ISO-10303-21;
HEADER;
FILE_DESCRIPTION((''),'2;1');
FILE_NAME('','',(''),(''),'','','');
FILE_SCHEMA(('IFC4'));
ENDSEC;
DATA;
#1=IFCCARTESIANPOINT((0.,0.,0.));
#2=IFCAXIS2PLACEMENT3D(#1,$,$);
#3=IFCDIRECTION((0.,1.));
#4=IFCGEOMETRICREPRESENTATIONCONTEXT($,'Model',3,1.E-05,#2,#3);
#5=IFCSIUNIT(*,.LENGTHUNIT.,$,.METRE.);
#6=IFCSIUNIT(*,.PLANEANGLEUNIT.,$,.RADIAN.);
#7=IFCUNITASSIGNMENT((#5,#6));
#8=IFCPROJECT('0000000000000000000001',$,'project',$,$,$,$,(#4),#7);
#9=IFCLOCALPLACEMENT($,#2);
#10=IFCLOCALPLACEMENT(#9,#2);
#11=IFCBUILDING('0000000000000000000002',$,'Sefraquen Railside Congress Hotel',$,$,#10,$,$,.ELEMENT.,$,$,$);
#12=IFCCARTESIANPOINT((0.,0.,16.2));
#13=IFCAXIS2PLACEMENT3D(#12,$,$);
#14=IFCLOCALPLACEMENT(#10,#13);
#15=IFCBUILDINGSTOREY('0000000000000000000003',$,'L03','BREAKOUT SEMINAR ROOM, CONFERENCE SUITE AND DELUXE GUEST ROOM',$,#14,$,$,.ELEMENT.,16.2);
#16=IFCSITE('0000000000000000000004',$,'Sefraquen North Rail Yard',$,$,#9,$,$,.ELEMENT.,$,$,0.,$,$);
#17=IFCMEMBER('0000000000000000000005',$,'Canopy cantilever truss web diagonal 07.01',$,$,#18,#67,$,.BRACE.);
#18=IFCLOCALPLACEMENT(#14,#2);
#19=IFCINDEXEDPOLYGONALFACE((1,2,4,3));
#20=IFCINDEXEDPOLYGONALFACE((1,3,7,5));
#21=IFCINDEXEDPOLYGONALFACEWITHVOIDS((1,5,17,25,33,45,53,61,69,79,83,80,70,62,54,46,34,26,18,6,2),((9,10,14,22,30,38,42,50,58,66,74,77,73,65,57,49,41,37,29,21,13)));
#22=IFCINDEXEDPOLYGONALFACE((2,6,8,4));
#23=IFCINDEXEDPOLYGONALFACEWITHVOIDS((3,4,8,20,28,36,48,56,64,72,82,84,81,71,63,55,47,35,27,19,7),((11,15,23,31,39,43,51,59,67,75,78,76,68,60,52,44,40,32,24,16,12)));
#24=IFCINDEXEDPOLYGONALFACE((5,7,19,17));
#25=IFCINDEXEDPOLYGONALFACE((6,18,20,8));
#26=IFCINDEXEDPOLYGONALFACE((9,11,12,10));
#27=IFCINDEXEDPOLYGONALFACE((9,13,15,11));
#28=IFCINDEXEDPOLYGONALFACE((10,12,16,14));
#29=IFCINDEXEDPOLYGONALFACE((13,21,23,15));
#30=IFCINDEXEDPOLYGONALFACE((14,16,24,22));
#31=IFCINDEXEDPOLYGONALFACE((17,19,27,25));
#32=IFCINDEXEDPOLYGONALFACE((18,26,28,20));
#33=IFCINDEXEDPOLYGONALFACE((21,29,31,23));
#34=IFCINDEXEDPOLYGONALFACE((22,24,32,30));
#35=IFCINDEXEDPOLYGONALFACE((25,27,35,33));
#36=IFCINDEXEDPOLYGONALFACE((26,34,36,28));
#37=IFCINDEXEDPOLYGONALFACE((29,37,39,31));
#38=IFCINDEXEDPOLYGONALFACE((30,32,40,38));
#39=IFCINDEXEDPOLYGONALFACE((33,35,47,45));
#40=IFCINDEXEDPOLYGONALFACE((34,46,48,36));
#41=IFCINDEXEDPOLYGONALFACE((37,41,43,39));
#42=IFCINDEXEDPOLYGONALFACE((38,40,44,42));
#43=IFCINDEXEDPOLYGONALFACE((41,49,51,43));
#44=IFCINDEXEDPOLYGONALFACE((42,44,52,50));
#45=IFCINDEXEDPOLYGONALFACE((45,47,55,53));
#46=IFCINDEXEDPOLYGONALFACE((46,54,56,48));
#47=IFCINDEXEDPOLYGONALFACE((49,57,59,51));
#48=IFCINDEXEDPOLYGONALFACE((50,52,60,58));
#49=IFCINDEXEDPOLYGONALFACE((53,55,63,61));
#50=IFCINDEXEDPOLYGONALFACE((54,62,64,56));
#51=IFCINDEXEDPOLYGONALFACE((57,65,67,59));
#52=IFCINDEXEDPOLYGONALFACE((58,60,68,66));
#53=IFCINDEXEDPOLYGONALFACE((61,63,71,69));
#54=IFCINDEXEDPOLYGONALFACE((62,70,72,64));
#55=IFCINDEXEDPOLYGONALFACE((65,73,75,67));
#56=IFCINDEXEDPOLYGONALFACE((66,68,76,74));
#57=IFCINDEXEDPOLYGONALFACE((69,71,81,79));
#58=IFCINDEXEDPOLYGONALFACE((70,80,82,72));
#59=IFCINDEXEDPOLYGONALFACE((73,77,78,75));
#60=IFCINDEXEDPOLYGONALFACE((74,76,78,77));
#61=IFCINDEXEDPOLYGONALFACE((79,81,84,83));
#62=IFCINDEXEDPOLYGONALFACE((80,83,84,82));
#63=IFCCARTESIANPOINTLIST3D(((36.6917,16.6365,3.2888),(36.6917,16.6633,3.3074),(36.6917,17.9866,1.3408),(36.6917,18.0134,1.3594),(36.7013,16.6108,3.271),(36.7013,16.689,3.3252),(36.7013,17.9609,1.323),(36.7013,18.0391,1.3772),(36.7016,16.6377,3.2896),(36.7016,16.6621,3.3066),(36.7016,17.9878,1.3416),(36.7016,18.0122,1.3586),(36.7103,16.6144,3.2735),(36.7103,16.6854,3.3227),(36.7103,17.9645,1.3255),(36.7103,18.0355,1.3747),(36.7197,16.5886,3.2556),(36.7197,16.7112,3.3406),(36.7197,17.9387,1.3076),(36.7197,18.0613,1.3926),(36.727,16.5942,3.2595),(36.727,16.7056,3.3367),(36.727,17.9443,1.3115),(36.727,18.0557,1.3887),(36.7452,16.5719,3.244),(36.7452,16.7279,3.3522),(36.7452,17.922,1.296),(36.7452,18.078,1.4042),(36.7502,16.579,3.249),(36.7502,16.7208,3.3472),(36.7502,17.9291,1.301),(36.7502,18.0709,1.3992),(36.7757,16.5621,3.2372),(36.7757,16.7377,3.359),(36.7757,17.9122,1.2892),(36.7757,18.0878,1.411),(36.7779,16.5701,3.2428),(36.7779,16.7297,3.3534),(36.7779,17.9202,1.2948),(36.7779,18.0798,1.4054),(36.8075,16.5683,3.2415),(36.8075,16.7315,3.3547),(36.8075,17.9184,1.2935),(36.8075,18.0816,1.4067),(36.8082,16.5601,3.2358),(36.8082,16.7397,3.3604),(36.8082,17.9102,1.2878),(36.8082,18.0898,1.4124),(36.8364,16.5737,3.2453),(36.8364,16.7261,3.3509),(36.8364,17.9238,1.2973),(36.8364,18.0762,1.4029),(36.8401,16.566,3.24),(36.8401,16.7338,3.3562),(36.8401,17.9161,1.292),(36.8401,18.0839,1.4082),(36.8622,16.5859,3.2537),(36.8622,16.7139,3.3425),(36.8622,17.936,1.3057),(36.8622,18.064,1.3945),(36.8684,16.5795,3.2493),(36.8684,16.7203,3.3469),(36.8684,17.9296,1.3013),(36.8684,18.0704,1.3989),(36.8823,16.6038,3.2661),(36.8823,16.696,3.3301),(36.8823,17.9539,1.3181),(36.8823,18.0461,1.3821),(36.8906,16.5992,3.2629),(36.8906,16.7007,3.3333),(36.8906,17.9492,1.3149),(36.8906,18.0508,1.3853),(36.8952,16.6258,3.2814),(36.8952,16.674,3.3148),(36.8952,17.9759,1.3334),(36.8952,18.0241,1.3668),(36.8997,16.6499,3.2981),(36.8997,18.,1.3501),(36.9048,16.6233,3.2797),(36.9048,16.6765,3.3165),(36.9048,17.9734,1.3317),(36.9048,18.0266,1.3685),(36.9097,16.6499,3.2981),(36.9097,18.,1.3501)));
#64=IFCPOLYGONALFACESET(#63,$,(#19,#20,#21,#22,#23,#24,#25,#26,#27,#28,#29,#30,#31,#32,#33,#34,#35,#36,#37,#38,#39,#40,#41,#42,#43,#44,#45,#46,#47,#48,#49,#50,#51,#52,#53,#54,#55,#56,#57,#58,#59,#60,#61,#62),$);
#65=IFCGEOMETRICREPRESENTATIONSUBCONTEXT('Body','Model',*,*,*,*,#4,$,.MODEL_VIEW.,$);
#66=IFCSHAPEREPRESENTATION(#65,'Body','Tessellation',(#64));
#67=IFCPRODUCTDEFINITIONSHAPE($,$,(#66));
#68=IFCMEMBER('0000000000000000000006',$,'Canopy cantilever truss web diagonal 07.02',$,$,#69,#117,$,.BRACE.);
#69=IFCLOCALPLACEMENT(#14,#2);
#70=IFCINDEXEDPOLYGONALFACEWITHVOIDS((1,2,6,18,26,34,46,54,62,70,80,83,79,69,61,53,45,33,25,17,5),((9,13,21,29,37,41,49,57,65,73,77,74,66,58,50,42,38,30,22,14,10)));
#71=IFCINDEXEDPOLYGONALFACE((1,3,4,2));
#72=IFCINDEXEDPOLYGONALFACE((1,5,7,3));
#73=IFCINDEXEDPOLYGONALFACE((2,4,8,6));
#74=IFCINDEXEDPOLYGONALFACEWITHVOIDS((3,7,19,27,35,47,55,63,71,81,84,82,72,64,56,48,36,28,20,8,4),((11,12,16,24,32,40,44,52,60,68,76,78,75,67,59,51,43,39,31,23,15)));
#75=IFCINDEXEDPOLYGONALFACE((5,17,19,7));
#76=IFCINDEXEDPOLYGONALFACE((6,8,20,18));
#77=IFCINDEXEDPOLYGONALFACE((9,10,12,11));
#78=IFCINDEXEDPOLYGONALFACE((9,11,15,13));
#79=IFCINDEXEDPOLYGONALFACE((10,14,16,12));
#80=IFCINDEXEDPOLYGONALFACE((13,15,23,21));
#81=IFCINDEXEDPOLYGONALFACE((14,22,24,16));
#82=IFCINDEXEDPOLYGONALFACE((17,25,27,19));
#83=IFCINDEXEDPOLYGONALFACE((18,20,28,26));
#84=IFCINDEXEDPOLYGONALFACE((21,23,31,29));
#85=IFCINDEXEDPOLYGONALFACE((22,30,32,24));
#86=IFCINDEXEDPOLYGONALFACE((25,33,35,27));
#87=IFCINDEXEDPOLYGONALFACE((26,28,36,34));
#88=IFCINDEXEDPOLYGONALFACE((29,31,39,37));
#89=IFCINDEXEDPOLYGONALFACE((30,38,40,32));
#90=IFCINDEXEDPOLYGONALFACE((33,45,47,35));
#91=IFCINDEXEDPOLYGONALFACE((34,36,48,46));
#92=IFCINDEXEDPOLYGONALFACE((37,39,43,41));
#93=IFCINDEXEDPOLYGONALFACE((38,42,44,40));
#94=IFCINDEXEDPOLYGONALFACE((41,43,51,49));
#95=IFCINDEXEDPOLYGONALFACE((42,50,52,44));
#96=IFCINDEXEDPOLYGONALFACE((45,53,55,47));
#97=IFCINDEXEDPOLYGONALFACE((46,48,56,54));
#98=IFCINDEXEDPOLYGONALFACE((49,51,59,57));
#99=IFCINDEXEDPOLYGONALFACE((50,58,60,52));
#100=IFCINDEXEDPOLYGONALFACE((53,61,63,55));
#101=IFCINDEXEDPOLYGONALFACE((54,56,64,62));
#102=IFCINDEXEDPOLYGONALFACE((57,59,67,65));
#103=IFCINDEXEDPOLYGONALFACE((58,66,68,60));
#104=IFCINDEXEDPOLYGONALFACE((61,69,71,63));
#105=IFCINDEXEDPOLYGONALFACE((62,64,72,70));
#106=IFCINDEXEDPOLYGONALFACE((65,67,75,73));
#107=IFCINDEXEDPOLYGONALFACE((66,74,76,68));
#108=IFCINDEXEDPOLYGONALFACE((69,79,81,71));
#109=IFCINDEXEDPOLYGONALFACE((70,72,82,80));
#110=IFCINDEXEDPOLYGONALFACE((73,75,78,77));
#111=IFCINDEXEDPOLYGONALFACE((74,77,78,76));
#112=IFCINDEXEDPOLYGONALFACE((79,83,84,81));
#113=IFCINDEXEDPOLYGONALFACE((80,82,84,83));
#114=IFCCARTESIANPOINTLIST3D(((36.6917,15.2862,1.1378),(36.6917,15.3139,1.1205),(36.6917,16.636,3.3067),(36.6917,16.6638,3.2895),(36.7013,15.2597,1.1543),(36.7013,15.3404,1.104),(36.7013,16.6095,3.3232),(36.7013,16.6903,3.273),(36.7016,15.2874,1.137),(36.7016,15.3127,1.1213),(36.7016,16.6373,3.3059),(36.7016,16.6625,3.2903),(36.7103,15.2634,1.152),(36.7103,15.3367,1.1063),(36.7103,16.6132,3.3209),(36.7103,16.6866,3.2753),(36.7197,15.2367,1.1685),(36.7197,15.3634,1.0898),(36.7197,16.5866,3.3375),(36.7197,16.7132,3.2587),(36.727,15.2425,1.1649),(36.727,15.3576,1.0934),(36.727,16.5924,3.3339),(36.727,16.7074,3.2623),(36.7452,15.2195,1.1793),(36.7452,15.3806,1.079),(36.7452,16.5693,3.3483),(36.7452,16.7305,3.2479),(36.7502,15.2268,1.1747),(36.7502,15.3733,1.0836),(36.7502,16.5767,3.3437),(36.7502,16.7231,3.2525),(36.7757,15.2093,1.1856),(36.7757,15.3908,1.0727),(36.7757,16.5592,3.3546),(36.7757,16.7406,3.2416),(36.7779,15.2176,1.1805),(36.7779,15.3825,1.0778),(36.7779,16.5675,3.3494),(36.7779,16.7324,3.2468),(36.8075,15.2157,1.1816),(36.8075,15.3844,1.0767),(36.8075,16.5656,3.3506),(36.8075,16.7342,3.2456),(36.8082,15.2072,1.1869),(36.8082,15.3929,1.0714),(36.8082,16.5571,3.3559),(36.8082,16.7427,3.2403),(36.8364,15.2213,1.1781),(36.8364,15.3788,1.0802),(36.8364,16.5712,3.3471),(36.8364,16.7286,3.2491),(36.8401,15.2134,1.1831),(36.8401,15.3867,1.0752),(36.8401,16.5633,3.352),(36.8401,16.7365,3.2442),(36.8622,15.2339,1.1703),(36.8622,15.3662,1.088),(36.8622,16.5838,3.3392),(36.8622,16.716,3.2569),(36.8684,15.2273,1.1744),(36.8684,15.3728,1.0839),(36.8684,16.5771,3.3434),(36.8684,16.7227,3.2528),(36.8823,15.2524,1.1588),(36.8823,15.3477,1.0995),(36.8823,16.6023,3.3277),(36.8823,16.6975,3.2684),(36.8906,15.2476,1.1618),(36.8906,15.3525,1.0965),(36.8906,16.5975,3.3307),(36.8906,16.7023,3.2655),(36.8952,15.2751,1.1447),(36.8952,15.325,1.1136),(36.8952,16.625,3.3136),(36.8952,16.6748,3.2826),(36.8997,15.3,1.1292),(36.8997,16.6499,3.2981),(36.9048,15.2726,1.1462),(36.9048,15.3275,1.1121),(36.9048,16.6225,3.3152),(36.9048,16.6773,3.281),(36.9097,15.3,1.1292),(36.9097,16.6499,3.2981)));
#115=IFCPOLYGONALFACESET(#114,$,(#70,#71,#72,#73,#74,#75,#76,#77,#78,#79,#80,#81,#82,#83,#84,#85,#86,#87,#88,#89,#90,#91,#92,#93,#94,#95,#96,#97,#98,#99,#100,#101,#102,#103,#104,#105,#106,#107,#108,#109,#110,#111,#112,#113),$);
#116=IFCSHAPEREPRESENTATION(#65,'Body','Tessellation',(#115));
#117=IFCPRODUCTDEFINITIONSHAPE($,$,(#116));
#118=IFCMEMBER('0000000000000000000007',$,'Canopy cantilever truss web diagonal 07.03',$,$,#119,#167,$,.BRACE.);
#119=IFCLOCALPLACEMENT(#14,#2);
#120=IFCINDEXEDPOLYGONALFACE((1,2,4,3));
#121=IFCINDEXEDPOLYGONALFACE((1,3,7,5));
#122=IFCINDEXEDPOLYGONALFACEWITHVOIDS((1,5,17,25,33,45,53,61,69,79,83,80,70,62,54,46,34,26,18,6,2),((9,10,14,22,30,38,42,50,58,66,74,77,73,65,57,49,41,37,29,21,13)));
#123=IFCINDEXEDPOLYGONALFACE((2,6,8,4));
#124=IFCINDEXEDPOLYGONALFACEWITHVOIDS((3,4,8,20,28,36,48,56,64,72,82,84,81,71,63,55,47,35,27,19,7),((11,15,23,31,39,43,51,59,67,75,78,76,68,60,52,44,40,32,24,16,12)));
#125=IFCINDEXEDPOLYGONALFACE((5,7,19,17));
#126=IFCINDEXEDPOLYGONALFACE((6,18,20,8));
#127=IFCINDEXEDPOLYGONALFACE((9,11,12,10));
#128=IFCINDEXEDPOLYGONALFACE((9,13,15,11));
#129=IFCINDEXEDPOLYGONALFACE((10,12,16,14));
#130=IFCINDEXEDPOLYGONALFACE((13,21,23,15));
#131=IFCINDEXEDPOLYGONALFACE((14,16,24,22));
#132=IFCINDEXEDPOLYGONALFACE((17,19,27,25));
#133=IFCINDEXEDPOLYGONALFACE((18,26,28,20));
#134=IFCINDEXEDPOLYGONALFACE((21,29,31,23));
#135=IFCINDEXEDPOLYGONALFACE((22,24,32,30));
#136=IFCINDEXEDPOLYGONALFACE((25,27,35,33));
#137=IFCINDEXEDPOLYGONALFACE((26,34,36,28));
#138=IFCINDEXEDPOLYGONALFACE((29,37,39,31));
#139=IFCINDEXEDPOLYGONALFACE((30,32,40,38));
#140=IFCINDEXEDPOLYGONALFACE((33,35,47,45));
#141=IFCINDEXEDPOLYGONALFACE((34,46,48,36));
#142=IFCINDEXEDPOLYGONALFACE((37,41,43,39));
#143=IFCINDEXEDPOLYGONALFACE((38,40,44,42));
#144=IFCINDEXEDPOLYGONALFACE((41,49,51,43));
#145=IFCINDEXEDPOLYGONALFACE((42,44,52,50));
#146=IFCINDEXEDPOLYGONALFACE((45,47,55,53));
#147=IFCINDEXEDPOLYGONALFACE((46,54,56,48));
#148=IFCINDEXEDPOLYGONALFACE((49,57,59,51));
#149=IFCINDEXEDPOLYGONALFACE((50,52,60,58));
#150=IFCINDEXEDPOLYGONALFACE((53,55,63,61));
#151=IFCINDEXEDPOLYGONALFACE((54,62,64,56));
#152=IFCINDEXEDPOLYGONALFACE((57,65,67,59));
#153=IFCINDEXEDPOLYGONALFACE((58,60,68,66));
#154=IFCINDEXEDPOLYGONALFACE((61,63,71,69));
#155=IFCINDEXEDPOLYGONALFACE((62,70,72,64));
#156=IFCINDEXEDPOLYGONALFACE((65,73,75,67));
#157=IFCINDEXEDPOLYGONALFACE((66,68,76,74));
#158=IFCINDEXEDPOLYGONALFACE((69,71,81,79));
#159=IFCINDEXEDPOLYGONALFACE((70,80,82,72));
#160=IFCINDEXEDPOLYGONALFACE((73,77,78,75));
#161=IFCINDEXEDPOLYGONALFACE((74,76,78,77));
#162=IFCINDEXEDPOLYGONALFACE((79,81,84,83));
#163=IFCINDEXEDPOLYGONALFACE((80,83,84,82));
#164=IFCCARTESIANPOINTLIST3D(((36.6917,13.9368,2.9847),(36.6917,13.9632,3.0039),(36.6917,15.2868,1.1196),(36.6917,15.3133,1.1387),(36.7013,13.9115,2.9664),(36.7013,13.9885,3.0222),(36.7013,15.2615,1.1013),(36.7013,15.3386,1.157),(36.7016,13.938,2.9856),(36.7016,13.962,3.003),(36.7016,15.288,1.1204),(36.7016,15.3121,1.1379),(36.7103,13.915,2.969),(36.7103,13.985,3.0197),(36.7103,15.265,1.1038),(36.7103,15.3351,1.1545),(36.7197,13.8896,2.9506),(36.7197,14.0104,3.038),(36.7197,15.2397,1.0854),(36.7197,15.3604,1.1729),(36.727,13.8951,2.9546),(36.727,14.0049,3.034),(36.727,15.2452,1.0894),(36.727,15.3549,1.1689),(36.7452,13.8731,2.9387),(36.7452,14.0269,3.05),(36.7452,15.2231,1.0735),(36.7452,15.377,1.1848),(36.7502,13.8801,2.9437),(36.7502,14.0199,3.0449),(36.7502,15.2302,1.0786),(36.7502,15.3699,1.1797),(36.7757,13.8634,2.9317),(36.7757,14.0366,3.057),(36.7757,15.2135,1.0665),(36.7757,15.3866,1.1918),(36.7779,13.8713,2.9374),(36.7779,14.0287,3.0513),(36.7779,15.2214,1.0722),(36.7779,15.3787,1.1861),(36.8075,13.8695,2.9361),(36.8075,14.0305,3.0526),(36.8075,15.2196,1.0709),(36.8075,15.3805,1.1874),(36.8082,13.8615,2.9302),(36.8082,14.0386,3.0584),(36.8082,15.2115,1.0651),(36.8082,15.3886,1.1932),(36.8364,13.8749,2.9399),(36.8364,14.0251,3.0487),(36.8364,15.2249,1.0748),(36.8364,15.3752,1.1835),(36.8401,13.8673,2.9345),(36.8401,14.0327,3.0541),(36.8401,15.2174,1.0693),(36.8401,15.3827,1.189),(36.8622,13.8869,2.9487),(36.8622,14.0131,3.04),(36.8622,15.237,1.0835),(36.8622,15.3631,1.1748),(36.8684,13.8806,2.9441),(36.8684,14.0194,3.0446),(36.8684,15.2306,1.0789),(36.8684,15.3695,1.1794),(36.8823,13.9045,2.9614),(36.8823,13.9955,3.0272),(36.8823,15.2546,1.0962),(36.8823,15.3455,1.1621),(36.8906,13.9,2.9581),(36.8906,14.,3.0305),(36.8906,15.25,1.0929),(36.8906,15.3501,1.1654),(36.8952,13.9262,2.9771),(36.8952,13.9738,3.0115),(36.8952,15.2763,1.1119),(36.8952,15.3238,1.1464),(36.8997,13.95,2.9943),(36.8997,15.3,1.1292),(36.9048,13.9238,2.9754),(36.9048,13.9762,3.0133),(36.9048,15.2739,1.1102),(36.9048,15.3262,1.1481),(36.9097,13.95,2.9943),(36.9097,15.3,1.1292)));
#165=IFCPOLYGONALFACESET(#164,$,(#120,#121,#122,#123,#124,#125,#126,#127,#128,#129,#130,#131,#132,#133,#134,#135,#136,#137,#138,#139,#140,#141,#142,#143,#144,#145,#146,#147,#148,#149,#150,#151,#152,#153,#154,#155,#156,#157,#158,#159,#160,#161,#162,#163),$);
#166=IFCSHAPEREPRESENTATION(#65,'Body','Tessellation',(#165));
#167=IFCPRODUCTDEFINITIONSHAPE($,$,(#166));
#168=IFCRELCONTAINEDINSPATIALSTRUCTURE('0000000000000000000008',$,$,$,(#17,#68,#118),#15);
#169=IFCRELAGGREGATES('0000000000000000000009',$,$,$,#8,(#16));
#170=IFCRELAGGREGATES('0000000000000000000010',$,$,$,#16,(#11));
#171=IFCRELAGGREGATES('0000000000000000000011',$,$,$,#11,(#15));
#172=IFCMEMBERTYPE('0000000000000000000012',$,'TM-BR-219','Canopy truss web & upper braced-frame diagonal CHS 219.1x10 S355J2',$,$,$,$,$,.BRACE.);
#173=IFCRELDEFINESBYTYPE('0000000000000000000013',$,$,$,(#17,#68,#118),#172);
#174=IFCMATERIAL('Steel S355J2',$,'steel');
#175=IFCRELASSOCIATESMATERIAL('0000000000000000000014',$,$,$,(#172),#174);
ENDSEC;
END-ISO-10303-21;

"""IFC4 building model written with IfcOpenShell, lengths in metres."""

from ifc_helpers import new_model, si_unit, direction, frame, origin, origin_2d, place, context, subcontext, project, spatial, hollow_circle, extrude, material, material_profile, profile_set, type_object, element, save


model = new_model("IFC4")

# Units and contexts
model_context = context("Model", 3, precision=1e-05, world=origin(), true_north=direction((0.0, 1.0)))
body_context = subcontext(model_context, "Body", "Model", "MODEL_VIEW")
ifc_project = project(units=[si_unit("LENGTHUNIT", "METRE"), si_unit("PLANEANGLEUNIT", "RADIAN")], contexts=[model_context])

# Site, building, storey
site_placement = place(None, origin())
site = spatial("IfcSite", under=ifc_project, at=site_placement, Name="Sefraquen North Rail Yard", CompositionType="ELEMENT", RefElevation=0.0)
building_placement = place(site_placement, origin())
building = spatial("IfcBuilding", under=site, at=building_placement, Name="Sefraquen Railside Congress Hotel", CompositionType="ELEMENT")
storey_placement = place(building_placement, frame((0.0, 0.0, 16.2)))
storey = spatial("IfcBuildingStorey", under=building, at=storey_placement, Name="L03", Description="BREAKOUT SEMINAR ROOM, CONFERENCE SUITE AND DELUXE GUEST ROOM", CompositionType="ELEMENT", Elevation=16.2)

# Shared definitions
ifc_material_1 = material(Name="Steel S355J2", Category="steel")

# Members
ifc_material_profile_1 = material_profile(ifc_material_1, hollow_circle(Radius=0.1096, WallThickness=0.01, at=origin_2d()), Name="CHS 219.1x10")
ifc_profile_set_1 = profile_set([ifc_material_profile_1], Name="Steel S355J2")
member_type_1 = type_object("IfcMemberType", Name="TM-BR-219", Description="Canopy truss web & upper braced-frame diagonal CHS 219.1x10 S355J2", PredefinedType="BRACE", material=ifc_profile_set_1)
member_1_placement = place(storey_placement, frame((36.8, 18.0, 1.3501), z_axis=(0.0, -0.569633, 0.821899), x_axis=(1.0, 0.0, 0.0)))
element("IfcMember", 1, at=member_1_placement, inside=storey, type_object=member_type_1, Name="Canopy cantilever truss web diagonal 07.01", PredefinedType="BRACE", context=body_context, shape_type="SweptSolid", body=[
    extrude(hollow_circle(Radius=0.1096, WallThickness=0.01, at=origin_2d()), origin(), (0.0, 0.0, 1.0), 2.3701),
])
member_2_placement = place(storey_placement, frame((36.8, 16.6499, 3.2981), z_axis=(0.0, -0.528383, -0.849006), x_axis=(1.0, 0.0, 0.0)))
element("IfcMember", 2, at=member_2_placement, inside=storey, type_object=member_type_1, Name="Canopy cantilever truss web diagonal 07.02", PredefinedType="BRACE", context=body_context, shape_type="SweptSolid", body=[
    extrude(hollow_circle(Radius=0.1096, WallThickness=0.01, at=origin_2d()), origin(), (0.0, 0.0, 1.0), 2.5547),
])
member_3_placement = place(storey_placement, frame((36.8, 15.3, 1.1292), z_axis=(0.0, -0.586342, 0.810064), x_axis=(1.0, 0.0, 0.0)))
element("IfcMember", 3, at=member_3_placement, inside=storey, type_object=member_type_1, Name="Canopy cantilever truss web diagonal 07.03", PredefinedType="BRACE", context=body_context, shape_type="SweptSolid", body=[
    extrude(hollow_circle(Radius=0.1096, WallThickness=0.01, at=origin_2d()), origin(), (0.0, 0.0, 1.0), 2.3025),
])

save(model, "model.ifc")
